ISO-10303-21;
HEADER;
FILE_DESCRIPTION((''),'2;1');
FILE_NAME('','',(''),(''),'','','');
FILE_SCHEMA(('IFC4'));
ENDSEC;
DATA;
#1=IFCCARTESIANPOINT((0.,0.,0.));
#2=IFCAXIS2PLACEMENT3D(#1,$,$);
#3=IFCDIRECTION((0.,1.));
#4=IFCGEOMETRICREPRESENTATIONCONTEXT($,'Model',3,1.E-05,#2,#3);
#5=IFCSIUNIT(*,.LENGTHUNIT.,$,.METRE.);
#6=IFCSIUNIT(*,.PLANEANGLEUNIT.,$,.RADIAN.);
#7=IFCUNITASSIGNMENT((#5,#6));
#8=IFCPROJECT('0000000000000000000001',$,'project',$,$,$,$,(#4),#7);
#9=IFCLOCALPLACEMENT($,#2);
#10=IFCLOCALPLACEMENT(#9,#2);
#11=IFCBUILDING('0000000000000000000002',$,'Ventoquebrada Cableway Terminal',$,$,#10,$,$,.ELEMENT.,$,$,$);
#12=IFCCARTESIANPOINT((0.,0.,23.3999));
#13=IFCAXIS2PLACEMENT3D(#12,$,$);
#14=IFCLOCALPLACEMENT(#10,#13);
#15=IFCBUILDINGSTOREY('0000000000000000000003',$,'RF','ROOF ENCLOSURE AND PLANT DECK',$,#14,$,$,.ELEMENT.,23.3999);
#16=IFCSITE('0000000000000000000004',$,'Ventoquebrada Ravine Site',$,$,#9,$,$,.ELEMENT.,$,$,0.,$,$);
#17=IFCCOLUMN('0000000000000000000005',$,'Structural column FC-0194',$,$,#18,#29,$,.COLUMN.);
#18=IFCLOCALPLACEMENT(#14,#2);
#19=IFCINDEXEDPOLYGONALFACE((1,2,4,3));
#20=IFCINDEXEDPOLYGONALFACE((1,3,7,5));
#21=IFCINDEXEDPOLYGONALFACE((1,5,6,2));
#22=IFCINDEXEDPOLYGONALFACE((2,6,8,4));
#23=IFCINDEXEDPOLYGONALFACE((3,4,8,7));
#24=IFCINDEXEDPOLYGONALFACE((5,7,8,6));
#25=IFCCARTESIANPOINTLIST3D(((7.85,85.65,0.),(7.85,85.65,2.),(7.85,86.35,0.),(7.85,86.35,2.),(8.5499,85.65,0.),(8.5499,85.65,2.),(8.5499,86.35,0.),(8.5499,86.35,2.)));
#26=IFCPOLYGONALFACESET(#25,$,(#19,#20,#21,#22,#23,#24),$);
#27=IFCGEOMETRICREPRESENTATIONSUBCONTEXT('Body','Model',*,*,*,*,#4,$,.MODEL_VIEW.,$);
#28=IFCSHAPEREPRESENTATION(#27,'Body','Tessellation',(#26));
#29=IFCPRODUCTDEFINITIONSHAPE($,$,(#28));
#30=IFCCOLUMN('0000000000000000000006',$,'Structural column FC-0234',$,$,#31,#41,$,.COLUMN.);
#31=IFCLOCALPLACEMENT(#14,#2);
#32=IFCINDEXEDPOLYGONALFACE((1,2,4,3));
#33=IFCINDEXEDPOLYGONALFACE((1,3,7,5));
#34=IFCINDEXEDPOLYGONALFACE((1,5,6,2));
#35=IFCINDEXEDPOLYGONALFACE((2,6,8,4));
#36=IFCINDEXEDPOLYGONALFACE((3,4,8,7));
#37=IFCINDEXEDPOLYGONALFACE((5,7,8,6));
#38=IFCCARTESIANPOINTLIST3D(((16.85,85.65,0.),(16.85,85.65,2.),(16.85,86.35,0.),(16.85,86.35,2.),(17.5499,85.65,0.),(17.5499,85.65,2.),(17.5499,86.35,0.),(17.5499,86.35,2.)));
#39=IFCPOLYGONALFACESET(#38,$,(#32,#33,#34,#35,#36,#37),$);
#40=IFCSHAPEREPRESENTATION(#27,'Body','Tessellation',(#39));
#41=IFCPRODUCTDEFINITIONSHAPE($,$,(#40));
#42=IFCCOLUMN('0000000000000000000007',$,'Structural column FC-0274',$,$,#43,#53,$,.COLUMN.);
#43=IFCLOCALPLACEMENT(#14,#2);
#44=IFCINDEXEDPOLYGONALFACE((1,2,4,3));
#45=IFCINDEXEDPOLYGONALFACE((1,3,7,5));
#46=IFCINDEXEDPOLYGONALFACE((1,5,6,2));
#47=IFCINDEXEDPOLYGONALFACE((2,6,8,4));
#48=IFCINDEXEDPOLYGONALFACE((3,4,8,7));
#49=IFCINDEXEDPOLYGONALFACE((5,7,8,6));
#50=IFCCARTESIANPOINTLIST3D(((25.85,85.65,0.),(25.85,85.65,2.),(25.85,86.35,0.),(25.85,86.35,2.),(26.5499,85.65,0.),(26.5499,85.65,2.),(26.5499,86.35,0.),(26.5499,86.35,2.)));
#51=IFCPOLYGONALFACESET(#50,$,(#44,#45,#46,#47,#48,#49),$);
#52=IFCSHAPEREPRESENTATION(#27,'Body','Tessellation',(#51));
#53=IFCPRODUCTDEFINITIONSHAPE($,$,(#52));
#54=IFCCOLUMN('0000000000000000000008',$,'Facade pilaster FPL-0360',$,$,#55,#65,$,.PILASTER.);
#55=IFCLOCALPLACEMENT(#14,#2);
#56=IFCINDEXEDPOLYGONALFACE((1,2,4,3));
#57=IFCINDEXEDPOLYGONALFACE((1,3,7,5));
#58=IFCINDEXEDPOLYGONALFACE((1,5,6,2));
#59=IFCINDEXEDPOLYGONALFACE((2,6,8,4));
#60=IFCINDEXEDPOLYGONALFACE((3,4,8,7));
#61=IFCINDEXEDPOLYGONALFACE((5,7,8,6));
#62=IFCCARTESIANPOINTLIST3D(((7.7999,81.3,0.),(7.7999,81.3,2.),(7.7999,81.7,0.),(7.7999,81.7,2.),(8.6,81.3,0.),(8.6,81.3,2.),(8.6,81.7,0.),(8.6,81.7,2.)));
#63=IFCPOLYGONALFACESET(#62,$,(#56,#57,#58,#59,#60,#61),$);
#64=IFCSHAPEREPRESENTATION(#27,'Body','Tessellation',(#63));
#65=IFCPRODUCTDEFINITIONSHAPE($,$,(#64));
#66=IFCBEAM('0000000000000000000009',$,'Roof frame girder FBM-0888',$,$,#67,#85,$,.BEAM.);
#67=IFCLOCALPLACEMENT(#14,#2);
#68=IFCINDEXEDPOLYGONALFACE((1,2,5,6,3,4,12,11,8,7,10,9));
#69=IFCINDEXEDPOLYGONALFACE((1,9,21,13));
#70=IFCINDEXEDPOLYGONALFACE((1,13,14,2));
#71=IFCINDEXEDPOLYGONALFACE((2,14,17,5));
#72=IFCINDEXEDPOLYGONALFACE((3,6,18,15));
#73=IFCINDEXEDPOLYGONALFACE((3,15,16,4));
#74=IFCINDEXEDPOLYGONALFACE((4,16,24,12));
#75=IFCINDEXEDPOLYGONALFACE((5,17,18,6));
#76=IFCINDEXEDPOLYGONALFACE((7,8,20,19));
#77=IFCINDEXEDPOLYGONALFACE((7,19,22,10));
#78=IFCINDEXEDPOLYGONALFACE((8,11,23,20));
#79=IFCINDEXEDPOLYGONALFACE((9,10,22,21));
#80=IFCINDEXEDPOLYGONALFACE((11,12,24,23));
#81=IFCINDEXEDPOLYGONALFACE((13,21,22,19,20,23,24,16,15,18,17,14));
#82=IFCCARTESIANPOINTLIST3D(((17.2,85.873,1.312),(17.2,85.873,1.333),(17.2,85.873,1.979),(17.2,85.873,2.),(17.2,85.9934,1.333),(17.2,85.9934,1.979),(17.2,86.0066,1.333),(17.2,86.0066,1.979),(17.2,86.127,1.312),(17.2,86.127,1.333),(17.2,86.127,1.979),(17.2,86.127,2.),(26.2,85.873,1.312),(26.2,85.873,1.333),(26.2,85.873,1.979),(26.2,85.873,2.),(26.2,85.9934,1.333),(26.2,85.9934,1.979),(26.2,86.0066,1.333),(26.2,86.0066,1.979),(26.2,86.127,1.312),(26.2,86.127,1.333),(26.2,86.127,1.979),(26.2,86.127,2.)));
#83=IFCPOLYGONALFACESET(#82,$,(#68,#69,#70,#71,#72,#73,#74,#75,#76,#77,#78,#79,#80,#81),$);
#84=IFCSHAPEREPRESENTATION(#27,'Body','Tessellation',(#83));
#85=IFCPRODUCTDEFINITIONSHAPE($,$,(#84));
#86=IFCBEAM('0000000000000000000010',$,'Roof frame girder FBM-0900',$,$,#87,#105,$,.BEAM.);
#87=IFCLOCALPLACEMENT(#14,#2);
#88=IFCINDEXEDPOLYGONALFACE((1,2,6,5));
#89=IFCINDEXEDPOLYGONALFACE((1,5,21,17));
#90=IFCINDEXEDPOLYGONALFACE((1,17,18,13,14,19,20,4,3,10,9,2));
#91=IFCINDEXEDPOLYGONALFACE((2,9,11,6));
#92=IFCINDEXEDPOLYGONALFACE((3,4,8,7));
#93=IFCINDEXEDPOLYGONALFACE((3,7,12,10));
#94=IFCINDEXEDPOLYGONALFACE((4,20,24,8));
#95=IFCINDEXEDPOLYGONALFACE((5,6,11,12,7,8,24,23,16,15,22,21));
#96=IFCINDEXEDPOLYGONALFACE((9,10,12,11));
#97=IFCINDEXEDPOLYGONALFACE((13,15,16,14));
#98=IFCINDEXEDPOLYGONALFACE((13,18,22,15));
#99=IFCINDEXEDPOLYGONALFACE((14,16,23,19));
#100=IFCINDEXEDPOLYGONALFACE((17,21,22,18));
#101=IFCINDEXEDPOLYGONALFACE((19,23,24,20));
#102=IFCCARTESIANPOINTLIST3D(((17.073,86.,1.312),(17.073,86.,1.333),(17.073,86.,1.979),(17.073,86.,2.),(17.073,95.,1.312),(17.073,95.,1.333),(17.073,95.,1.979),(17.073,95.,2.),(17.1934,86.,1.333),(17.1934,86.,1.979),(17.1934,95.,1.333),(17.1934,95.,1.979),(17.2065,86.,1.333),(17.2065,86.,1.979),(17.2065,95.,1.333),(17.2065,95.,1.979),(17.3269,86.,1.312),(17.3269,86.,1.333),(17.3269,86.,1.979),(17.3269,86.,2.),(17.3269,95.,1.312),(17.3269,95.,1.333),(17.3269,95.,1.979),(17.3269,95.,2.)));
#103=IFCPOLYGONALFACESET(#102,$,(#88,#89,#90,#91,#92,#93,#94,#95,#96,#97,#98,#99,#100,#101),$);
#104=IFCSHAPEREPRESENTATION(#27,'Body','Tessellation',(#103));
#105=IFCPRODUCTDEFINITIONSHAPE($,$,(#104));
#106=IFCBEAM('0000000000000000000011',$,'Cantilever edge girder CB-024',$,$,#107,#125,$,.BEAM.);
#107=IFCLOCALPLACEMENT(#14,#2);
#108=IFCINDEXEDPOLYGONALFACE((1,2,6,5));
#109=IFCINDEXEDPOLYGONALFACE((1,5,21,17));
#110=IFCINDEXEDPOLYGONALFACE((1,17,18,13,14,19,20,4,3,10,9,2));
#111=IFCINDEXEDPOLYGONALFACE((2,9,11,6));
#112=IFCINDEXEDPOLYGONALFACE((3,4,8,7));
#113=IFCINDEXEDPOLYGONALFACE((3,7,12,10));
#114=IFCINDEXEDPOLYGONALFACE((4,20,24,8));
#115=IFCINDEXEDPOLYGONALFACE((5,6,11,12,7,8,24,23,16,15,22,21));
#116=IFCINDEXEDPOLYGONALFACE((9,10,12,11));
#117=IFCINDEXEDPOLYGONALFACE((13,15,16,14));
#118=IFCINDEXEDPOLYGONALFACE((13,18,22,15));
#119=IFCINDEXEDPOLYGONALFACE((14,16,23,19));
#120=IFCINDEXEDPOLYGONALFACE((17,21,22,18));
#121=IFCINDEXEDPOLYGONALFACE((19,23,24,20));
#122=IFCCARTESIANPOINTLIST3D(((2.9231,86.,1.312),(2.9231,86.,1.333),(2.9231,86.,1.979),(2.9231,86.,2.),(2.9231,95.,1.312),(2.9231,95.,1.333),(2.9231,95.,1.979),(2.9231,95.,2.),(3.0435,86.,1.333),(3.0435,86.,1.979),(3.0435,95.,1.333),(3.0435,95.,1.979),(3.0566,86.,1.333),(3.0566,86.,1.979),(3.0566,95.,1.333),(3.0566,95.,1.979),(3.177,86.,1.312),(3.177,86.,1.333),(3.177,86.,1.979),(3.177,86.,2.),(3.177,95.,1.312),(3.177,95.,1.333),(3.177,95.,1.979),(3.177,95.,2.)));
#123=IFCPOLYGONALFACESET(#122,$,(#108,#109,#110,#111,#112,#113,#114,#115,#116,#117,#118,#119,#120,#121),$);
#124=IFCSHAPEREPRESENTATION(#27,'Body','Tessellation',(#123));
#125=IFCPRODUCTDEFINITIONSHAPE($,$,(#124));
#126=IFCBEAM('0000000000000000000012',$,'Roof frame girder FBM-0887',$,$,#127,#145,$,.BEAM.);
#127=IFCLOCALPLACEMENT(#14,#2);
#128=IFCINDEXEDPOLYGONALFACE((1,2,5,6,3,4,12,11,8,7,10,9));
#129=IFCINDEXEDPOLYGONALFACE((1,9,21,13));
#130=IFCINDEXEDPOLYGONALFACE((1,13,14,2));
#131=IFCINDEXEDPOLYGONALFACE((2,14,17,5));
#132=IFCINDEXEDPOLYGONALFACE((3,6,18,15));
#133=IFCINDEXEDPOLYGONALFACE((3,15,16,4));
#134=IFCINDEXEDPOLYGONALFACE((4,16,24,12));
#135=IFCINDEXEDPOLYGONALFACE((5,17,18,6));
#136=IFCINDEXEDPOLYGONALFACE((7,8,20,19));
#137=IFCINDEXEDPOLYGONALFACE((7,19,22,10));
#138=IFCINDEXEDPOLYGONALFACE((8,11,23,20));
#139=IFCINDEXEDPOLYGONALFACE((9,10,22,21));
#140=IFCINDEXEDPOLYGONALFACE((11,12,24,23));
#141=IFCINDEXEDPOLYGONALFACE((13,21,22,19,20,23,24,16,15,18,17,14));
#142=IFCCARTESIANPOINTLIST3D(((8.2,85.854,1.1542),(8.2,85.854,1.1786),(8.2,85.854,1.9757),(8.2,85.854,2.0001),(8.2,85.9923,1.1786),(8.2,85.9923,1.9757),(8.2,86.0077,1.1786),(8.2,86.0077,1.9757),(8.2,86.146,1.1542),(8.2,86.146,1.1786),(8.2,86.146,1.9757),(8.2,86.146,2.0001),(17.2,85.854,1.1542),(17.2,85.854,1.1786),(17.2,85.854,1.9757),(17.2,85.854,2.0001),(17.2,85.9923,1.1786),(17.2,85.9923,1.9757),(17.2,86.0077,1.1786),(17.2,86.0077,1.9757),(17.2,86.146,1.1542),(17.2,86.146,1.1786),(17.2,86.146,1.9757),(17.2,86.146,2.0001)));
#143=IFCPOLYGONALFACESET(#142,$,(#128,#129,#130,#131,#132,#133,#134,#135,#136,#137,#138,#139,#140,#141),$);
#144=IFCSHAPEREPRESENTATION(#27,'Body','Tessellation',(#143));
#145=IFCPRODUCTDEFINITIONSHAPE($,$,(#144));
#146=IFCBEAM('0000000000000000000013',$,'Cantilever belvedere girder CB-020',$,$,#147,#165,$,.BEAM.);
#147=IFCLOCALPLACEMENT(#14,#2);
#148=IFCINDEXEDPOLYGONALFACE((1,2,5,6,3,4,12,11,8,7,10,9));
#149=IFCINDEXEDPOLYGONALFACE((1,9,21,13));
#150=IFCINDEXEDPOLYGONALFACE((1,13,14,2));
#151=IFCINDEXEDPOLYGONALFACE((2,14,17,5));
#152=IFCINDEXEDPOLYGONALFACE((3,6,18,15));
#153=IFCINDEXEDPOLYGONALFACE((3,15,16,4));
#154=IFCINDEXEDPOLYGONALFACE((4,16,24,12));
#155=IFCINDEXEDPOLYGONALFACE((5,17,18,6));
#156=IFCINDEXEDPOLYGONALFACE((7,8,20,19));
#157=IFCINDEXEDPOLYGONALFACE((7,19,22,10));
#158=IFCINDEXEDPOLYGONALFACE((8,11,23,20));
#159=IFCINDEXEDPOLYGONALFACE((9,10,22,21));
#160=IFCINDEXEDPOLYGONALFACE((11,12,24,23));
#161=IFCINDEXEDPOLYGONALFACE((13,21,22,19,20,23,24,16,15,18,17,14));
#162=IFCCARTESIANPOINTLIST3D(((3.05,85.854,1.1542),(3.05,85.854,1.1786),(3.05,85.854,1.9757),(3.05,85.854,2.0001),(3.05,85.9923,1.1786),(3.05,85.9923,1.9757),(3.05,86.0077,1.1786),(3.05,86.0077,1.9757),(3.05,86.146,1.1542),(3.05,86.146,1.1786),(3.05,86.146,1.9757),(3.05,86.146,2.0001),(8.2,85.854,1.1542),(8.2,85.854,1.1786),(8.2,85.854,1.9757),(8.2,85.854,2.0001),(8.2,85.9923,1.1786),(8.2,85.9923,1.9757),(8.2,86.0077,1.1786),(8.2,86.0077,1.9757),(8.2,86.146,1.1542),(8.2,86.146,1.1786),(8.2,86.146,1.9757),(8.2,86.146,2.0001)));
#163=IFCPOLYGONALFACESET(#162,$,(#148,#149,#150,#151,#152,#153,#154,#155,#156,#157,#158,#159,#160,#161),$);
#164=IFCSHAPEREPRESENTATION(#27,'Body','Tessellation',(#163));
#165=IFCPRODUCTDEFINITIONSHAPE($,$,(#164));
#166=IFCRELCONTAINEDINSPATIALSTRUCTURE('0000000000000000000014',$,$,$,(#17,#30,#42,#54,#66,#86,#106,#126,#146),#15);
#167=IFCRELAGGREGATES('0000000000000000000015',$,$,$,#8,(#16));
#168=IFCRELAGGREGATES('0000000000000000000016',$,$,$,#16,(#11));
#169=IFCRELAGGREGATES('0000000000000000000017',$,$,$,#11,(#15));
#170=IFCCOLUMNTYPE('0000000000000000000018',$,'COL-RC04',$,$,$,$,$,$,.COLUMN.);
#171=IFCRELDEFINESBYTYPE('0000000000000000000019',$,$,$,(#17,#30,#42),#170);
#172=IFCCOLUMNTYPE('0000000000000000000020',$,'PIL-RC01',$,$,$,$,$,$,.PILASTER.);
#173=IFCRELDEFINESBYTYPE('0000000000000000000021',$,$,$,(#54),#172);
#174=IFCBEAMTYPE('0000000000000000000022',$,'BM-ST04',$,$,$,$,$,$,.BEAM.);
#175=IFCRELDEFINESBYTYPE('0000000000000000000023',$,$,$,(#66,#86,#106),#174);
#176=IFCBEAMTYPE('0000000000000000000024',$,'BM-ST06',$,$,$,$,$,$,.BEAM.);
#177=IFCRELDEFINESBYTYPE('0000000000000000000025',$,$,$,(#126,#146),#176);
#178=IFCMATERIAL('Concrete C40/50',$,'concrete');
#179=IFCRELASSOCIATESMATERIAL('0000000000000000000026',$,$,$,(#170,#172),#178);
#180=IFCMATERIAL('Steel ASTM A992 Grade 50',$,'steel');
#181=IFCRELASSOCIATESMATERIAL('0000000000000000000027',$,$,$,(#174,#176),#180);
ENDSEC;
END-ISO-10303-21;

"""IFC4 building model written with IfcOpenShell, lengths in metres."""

from ifc_helpers import new_model, si_unit, direction, frame, origin, origin_2d, place, context, subcontext, project, spatial, rectangle, i_section, extrude, material, material_profile, profile_set, type_object, element, save


model = new_model("IFC4")

# Units and contexts
model_context = context("Model", 3, precision=1e-05, world=origin(), true_north=direction((0.0, 1.0)))
body_context = subcontext(model_context, "Body", "Model", "MODEL_VIEW")
ifc_project = project(units=[si_unit("LENGTHUNIT", "METRE"), si_unit("PLANEANGLEUNIT", "RADIAN")], contexts=[model_context])

# Site, building, storey
site_placement = place(None, origin())
site = spatial("IfcSite", under=ifc_project, at=site_placement, Name="Ventoquebrada Ravine Site", CompositionType="ELEMENT", RefElevation=0.0)
building_placement = place(site_placement, origin())
building = spatial("IfcBuilding", under=site, at=building_placement, Name="Ventoquebrada Cableway Terminal", CompositionType="ELEMENT")
storey_placement = place(building_placement, frame((0.0, 0.0, 23.3999)))
storey = spatial("IfcBuildingStorey", under=building, at=storey_placement, Name="RF", Description="ROOF ENCLOSURE AND PLANT DECK", CompositionType="ELEMENT", Elevation=23.3999)

# Columns
ifc_material_1 = material(Name="Concrete C40/50", Category="concrete")
ifc_material_profile_1 = material_profile(ifc_material_1, rectangle(XDim=0.7, YDim=0.7, at=origin_2d()), Name="RC-COL-700X700")
ifc_profile_set_1 = profile_set([ifc_material_profile_1], Name="Concrete C40/50")
column_type_1 = type_object("IfcColumnType", Name="COL-RC04", PredefinedType="COLUMN", material=ifc_profile_set_1)
for number, where, z_axis, x_axis, name in (
    (1, (8.2, 86.0, 0.0), (0.0, 0.0, 1.0), (1.0, 0.0, 0.0), "Structural column FC-0194"),
    (2, (17.2, 86.0, 0.0), (0.0, 0.0, 1.0), (1.0, 0.0, 0.0), "Structural column FC-0234"),
    (3, (26.2, 86.0, 0.0), (0.0, 0.0, 1.0), (1.0, 0.0, 0.0), "Structural column FC-0274"),
):
    element("IfcColumn", number, at=place(storey_placement, frame(where, z_axis=z_axis, x_axis=x_axis)), inside=storey, type_object=column_type_1, Name=name, PredefinedType="COLUMN", context=body_context, shape_type="SweptSolid", body=[
        extrude(rectangle(XDim=0.7, YDim=0.7, at=origin_2d()), origin(), (0.0, 0.0, 1.0), 2.0),
    ])
ifc_material_profile_2 = material_profile(ifc_material_1, rectangle(XDim=0.3999, YDim=0.8, at=origin_2d()), Name="RC-PIL-400X800")
ifc_profile_set_2 = profile_set([ifc_material_profile_2], Name="Concrete C40/50")
column_type_2 = type_object("IfcColumnType", Name="PIL-RC01", PredefinedType="PILASTER", material=ifc_profile_set_2)
column_placement = place(storey_placement, frame((8.2, 81.5, 0.0), z_axis=(0.0, 0.0, 1.0), x_axis=(0.0, 1.0, 0.0)))
element("IfcColumn", 4, at=column_placement, inside=storey, type_object=column_type_2, Name="Facade pilaster FPL-0360", PredefinedType="PILASTER", context=body_context, shape_type="SweptSolid", body=[
    extrude(rectangle(XDim=0.3999, YDim=0.8, at=origin_2d()), origin(), (0.0, 0.0, 1.0), 2.0),
])

# Beams
ifc_material_2 = material(Name="Steel ASTM A992 Grade 50", Category="steel")
ifc_material_profile_3 = material_profile(ifc_material_2, i_section(OverallWidth=0.2539, OverallDepth=0.688, WebThickness=0.0132, FlangeThickness=0.021, at=origin_2d()), Name="W27X102")
ifc_profile_set_3 = profile_set([ifc_material_profile_3], Name="Steel ASTM A992 Grade 50")
beam_type_1 = type_object("IfcBeamType", Name="BM-ST04", PredefinedType="BEAM", material=ifc_profile_set_3)
for number, where, z_axis, x_axis, name in (
    (5, (17.2, 86.0, 1.656), (1.0, 0.0, 0.0), (0.0, 1.0, 0.0), "Roof frame girder FBM-0888"),
    (6, (17.2, 86.0, 1.656), (0.0, 1.0, 0.0), (-1.0, 0.0, 0.0), "Roof frame girder FBM-0900"),
    (7, (3.05, 86.0, 1.656), (0.0, 1.0, 0.0), (-1.0, 0.0, 0.0), "Cantilever edge girder CB-024"),
):
    element("IfcBeam", number, at=place(storey_placement, frame(where, z_axis=z_axis, x_axis=x_axis)), inside=storey, type_object=beam_type_1, Name=name, PredefinedType="BEAM", context=body_context, shape_type="SweptSolid", body=[
        extrude(i_section(OverallWidth=0.2539, OverallDepth=0.688, WebThickness=0.0132, FlangeThickness=0.021, at=origin_2d()), origin(), (0.0, 0.0, 1.0), 9.0),
    ])
ifc_material_profile_4 = material_profile(ifc_material_2, i_section(OverallWidth=0.292, OverallDepth=0.8459, WebThickness=0.0154, FlangeThickness=0.0244, at=origin_2d()), Name="W33X141")
ifc_profile_set_4 = profile_set([ifc_material_profile_4], Name="Steel ASTM A992 Grade 50")
beam_type_2 = type_object("IfcBeamType", Name="BM-ST06", PredefinedType="BEAM", material=ifc_profile_set_4)
beam_1_placement = place(storey_placement, frame((8.2, 86.0, 1.5771), z_axis=(1.0, 0.0, 0.0), x_axis=(0.0, 1.0, 0.0)))
element("IfcBeam", 8, at=beam_1_placement, inside=storey, type_object=beam_type_2, Name="Roof frame girder FBM-0887", PredefinedType="BEAM", context=body_context, shape_type="SweptSolid", body=[
    extrude(i_section(OverallWidth=0.292, OverallDepth=0.8459, WebThickness=0.0154, FlangeThickness=0.0244, at=origin_2d()), origin(), (0.0, 0.0, 1.0), 9.0),
])
beam_2_placement = place(storey_placement, frame((3.05, 86.0, 1.5771), z_axis=(1.0, 0.0, 0.0), x_axis=(0.0, 1.0, 0.0)))
element("IfcBeam", 9, at=beam_2_placement, inside=storey, type_object=beam_type_2, Name="Cantilever belvedere girder CB-020", PredefinedType="BEAM", context=body_context, shape_type="SweptSolid", body=[
    extrude(i_section(OverallWidth=0.292, OverallDepth=0.8459, WebThickness=0.0154, FlangeThickness=0.0244, at=origin_2d()), origin(), (0.0, 0.0, 1.0), 5.1499),
])

save(model, "model.ifc")
